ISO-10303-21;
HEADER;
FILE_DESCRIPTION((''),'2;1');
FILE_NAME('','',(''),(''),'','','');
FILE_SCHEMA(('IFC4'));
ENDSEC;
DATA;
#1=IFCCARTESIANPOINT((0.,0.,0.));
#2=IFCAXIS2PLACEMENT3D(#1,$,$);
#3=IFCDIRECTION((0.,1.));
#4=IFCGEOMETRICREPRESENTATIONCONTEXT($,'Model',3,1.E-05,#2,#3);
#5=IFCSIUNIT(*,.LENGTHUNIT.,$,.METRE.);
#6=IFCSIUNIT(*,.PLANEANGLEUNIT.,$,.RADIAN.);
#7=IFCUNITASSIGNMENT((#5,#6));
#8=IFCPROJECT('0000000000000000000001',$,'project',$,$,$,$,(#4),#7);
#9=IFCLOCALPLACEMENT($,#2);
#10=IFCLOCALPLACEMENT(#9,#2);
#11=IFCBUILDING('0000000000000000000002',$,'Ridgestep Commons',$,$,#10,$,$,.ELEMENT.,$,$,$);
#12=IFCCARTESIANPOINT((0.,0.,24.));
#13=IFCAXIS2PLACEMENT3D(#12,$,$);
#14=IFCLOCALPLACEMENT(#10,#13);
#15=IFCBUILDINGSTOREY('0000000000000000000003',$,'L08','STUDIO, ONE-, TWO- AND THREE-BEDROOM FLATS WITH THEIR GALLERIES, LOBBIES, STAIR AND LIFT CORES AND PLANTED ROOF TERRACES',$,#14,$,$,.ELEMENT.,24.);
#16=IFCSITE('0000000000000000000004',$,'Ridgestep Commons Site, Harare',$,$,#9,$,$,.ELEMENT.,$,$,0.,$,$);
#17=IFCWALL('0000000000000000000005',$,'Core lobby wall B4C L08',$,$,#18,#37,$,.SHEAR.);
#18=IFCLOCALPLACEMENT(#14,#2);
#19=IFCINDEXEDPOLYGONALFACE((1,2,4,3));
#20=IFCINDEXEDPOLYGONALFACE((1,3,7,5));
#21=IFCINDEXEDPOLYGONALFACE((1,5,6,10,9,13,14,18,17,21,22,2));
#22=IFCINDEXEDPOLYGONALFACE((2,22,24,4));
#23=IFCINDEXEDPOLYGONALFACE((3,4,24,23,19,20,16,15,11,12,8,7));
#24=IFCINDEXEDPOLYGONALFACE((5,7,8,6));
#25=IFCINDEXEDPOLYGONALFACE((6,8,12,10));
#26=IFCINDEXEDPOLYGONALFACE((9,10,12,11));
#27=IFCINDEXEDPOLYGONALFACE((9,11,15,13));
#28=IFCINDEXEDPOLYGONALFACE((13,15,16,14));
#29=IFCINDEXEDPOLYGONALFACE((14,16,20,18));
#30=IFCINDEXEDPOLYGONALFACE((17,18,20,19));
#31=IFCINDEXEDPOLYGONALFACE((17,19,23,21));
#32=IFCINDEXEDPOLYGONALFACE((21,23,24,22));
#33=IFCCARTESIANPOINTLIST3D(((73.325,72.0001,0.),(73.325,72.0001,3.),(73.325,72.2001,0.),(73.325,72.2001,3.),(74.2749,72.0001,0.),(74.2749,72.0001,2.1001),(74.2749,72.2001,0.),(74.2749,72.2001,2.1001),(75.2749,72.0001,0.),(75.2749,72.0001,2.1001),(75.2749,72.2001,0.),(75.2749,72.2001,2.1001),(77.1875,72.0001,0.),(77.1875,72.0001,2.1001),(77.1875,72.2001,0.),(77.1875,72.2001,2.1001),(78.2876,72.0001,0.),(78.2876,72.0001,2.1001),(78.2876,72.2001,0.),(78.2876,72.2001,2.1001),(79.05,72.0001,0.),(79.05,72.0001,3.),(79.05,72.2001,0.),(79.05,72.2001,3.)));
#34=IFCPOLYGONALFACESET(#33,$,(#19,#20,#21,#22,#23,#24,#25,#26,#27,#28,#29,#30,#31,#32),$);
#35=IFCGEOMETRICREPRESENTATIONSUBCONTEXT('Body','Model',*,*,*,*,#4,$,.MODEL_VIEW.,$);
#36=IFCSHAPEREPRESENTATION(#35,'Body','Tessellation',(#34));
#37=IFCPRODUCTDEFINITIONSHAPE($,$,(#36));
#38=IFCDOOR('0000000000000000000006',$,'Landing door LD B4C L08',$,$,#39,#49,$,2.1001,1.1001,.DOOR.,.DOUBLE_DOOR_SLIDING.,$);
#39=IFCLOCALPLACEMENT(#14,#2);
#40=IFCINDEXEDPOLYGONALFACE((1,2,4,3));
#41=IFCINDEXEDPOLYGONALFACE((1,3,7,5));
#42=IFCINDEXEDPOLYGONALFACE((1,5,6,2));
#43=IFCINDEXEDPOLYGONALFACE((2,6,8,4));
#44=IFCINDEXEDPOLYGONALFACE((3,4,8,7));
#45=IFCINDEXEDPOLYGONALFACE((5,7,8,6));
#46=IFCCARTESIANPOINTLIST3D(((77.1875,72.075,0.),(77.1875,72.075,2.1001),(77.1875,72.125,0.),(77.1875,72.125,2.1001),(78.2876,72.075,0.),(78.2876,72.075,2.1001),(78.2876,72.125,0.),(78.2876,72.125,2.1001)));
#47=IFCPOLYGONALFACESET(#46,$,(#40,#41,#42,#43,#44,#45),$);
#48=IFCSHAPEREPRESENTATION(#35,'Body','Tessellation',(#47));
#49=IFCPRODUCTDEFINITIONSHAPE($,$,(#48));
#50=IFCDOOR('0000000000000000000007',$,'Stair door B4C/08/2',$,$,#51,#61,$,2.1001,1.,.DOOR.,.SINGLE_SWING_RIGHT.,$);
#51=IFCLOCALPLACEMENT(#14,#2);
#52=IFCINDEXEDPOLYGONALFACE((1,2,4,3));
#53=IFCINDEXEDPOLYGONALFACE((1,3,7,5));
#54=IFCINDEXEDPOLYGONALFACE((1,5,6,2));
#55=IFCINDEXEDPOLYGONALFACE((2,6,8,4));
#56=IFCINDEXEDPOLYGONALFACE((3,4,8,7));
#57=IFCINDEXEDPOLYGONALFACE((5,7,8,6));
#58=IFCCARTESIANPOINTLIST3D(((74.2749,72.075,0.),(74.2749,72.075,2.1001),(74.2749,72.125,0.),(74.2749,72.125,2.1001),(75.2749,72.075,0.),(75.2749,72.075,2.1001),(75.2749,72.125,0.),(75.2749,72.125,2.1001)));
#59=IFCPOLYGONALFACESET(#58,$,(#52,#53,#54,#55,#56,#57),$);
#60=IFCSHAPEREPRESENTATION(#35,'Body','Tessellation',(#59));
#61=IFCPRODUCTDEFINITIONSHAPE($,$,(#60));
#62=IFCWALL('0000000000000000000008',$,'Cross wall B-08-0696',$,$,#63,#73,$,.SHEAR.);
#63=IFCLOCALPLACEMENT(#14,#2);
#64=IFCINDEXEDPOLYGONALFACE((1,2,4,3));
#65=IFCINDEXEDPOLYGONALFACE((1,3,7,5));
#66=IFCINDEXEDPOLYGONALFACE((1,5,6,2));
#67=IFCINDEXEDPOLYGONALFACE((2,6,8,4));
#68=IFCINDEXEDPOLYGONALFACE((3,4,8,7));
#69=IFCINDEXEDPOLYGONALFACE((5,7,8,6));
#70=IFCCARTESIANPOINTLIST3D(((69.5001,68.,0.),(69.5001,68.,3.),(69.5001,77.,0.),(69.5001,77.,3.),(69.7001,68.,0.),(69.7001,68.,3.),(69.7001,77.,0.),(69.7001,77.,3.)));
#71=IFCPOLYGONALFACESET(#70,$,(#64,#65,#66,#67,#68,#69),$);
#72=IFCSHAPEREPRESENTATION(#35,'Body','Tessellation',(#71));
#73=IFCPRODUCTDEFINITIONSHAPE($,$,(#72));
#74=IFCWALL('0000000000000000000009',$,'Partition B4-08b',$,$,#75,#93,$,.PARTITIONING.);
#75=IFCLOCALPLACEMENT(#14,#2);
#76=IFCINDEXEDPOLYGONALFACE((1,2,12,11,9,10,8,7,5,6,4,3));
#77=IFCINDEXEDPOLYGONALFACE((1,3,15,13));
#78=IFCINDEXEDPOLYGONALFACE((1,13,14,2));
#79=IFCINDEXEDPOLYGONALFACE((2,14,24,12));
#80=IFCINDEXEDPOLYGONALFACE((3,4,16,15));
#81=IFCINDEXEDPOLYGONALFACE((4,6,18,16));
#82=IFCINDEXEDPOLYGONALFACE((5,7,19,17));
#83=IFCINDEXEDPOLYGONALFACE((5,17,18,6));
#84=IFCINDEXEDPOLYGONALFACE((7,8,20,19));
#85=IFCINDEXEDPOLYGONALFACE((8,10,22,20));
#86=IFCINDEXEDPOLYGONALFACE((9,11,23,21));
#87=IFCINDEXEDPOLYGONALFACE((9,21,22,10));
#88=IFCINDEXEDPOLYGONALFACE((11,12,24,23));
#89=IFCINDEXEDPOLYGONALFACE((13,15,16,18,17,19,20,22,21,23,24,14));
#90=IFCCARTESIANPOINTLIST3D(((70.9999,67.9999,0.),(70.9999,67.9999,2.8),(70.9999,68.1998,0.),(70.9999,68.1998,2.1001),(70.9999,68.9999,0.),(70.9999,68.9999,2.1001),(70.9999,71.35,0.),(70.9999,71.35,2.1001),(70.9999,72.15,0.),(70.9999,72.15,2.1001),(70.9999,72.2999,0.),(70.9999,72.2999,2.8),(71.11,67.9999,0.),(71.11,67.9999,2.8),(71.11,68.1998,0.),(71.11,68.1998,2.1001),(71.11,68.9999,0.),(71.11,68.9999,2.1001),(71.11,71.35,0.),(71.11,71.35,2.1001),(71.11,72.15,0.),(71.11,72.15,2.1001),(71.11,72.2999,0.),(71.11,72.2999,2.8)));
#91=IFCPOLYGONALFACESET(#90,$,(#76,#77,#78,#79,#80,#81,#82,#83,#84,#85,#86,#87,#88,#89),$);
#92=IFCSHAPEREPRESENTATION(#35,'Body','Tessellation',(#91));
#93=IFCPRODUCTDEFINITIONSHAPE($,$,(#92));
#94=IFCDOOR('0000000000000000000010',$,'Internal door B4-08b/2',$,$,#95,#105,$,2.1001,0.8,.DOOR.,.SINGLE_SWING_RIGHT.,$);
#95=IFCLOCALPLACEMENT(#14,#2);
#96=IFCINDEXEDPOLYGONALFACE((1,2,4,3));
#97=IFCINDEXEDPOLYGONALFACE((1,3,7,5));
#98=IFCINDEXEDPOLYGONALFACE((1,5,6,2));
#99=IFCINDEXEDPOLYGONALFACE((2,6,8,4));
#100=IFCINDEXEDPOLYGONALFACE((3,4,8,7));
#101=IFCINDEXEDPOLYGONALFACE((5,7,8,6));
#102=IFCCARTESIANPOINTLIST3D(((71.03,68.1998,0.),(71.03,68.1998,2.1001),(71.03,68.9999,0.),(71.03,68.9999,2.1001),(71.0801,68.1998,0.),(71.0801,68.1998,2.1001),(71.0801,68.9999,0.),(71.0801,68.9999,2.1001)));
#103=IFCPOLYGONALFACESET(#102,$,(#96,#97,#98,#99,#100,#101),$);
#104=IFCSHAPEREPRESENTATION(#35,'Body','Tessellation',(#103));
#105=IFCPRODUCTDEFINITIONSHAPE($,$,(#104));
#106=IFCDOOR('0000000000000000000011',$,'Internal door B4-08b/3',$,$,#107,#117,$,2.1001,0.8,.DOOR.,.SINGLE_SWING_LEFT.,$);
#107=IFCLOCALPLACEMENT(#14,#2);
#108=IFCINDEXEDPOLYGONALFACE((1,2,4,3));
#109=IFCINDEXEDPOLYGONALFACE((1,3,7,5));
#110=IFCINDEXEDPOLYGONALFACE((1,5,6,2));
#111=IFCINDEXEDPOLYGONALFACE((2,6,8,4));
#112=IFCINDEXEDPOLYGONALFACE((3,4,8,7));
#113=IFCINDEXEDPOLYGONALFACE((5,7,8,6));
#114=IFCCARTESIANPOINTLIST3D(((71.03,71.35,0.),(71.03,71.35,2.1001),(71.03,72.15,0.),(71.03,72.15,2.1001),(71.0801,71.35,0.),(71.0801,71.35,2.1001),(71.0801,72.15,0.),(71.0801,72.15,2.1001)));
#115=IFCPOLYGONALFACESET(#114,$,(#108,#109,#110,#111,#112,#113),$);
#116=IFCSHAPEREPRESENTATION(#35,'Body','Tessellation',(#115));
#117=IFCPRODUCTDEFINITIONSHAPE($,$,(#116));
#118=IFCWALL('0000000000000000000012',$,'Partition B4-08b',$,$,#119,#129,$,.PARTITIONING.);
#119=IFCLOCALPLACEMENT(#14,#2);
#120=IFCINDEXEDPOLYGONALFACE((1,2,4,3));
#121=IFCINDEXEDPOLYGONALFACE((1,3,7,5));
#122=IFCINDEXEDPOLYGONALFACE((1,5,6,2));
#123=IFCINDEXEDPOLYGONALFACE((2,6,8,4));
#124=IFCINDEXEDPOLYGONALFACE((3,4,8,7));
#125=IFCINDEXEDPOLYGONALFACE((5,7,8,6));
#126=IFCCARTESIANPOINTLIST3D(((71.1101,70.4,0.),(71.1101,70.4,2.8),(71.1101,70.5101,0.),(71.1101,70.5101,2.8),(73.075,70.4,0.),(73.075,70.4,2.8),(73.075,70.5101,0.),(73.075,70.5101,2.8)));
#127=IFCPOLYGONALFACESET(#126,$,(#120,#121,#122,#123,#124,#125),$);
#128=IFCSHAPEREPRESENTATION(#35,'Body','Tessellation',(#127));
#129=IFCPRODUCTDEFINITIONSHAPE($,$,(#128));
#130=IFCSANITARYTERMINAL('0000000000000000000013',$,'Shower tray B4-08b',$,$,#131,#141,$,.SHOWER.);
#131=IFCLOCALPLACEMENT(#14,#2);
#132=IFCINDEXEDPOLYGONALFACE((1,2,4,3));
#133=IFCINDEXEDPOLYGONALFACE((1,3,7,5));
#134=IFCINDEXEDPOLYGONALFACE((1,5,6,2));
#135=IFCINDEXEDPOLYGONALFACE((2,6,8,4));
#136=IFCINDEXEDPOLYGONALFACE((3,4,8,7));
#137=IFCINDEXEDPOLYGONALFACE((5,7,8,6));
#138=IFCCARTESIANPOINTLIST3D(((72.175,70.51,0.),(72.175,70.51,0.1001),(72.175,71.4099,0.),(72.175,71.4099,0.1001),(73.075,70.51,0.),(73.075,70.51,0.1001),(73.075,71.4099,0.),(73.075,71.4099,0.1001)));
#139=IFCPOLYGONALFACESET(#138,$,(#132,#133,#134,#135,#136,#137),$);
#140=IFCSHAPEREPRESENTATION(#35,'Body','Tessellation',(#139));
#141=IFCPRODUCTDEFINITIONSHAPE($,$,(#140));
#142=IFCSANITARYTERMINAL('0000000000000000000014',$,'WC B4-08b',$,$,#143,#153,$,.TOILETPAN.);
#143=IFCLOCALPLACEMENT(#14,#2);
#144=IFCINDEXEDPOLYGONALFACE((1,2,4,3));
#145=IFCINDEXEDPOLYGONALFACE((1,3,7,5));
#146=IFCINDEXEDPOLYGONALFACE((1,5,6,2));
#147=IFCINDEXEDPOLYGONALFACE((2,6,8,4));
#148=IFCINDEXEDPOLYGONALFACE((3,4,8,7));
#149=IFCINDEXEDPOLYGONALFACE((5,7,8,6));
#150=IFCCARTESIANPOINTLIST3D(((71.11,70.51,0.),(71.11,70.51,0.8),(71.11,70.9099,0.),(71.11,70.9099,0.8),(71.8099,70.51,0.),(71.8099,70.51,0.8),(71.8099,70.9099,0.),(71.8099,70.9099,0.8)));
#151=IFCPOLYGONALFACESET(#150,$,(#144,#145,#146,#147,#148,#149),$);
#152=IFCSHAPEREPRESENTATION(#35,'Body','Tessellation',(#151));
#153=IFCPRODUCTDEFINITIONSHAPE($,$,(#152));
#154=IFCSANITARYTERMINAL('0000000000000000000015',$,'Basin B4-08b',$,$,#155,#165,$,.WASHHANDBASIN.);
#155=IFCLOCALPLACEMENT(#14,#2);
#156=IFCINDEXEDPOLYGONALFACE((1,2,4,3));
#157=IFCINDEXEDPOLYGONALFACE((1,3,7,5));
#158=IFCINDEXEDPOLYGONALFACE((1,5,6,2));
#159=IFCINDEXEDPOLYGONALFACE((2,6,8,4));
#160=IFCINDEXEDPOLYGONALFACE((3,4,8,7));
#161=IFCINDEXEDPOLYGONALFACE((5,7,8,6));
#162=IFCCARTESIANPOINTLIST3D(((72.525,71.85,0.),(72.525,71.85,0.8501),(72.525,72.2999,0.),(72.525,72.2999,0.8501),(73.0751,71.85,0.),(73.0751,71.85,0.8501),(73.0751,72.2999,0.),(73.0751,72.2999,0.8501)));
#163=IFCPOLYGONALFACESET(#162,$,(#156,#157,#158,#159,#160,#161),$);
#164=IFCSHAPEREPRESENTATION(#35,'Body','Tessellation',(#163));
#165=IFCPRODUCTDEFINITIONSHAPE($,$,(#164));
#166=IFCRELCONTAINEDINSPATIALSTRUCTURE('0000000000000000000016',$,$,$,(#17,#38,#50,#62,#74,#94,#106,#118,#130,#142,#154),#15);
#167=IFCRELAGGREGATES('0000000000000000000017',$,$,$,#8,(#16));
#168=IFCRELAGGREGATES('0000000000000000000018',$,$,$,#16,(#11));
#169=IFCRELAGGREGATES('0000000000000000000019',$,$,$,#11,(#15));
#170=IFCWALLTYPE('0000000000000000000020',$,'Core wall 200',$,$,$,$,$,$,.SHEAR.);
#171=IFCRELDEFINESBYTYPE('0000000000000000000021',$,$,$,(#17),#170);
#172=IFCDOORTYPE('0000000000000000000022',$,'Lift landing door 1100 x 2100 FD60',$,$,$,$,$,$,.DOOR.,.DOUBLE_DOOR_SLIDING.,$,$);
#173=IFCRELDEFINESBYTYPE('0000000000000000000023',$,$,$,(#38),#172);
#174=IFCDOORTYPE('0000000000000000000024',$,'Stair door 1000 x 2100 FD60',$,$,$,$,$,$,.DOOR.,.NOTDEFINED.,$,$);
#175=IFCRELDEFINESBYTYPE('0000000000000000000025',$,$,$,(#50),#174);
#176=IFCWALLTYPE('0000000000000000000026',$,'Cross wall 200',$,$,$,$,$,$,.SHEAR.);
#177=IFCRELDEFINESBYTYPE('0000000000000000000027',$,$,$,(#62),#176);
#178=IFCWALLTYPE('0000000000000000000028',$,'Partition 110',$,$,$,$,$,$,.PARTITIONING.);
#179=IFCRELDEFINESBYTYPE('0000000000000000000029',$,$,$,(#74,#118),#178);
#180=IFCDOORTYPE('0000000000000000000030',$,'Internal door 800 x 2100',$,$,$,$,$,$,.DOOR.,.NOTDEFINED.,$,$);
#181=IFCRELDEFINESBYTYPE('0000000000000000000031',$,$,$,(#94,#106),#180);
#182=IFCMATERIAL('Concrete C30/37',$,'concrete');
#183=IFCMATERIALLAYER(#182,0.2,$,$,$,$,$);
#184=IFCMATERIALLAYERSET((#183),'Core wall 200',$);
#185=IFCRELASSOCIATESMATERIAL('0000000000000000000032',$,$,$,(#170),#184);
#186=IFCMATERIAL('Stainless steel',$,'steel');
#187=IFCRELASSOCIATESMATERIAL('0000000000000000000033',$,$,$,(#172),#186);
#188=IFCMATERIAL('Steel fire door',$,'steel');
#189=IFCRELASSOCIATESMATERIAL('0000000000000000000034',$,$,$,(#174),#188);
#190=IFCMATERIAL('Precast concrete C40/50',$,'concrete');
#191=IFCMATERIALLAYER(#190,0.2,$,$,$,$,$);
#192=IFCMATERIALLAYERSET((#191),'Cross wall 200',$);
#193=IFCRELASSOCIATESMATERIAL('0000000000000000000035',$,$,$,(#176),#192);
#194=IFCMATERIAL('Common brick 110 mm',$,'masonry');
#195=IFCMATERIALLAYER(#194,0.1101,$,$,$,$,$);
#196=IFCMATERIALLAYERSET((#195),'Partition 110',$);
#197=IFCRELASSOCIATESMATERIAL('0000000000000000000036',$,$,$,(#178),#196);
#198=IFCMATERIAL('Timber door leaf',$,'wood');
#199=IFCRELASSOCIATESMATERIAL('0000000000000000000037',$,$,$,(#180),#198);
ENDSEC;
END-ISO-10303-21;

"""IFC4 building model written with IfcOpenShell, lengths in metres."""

from ifc_helpers import new_model, si_unit, direction, frame, frame_2d, origin, origin_2d, place, context, subcontext, project, spatial, rectangle, extrude, material, layer, layer_set, type_object, element, fill, save


model = new_model("IFC4")

# Units and contexts
model_context = context("Model", 3, precision=1e-05, world=origin(), true_north=direction((0.0, 1.0)))
body_context = subcontext(model_context, "Body", "Model", "MODEL_VIEW")
ifc_project = project(units=[si_unit("LENGTHUNIT", "METRE"), si_unit("PLANEANGLEUNIT", "RADIAN")], contexts=[model_context])

# Site, building, storey
site_placement = place(None, origin())
site = spatial("IfcSite", under=ifc_project, at=site_placement, Name="Ridgestep Commons Site, Harare", CompositionType="ELEMENT", RefElevation=0.0)
building_placement = place(site_placement, origin())
building = spatial("IfcBuilding", under=site, at=building_placement, Name="Ridgestep Commons", CompositionType="ELEMENT")
storey_placement = place(building_placement, frame((0.0, 0.0, 24.0)))
storey = spatial("IfcBuildingStorey", under=building, at=storey_placement, Name="L08", Description="STUDIO, ONE-, TWO- AND THREE-BEDROOM FLATS WITH THEIR GALLERIES, LOBBIES, STAIR AND LIFT CORES AND PLANTED ROOF TERRACES", CompositionType="ELEMENT", Elevation=24.0)

# Wall, openings, doors
ifc_material_1 = material(Name="Concrete C30/37", Category="concrete")
ifc_layer_1 = layer(ifc_material_1, 0.2)
ifc_layer_set_1 = layer_set([ifc_layer_1], Name="Core wall 200")
wall_type_1 = type_object("IfcWallType", Name="Core wall 200", PredefinedType="SHEAR", material=ifc_layer_set_1)
wall_1_placement = place(storey_placement, frame((73.325, 72.1001, 0.0), z_axis=(0.0, 0.0, 1.0), x_axis=(1.0, 0.0, 0.0)))
wall_1 = element("IfcWall", 1, at=wall_1_placement, inside=storey, type_object=wall_type_1, Name="Core lobby wall B4C L08", PredefinedType="SHEAR", context=body_context, shape_type="SweptSolid", body=[
    extrude(rectangle(XDim=5.7251, YDim=0.2, at=frame_2d((2.8625, 0.0))), origin(), (0.0, 0.0, 1.0), 3.0),
])
opening_1_placement = place(wall_1_placement, frame((0.95, 0.0, 0.0)))
opening_1 = element("IfcOpeningElement", 2, at=opening_1_placement, cuts=wall_1, PredefinedType="OPENING", context=body_context, shape_type="SweptSolid", body=[
    extrude(rectangle(XDim=1.0, YDim=2.1001, at=frame_2d((0.5, 1.05))), frame((0.0, 0.1099, 0.0), z_axis=(0.0, -1.0, 0.0), x_axis=(1.0, 0.0, 0.0)), (0.0, 0.0, 1.0), 0.22),
])
opening_2_placement = place(wall_1_placement, frame((3.8625, 0.0, 0.0)))
opening_2 = element("IfcOpeningElement", 3, at=opening_2_placement, cuts=wall_1, PredefinedType="OPENING", context=body_context, shape_type="SweptSolid", body=[
    extrude(rectangle(XDim=1.1001, YDim=2.1001, at=frame_2d((0.55, 1.05))), frame((0.0, 0.1099, 0.0), z_axis=(0.0, -1.0, 0.0), x_axis=(1.0, 0.0, 0.0)), (0.0, 0.0, 1.0), 0.22),
])
ifc_material_2 = material(Name="Stainless steel", Category="steel")
door_type_1 = type_object("IfcDoorType", Name="Lift landing door 1100 x 2100 FD60", OperationType="DOUBLE_DOOR_SLIDING", PredefinedType="DOOR", material=ifc_material_2)
door_1_placement = place(opening_2_placement, origin())
door_1 = element("IfcDoor", 4, at=door_1_placement, inside=storey, type_object=door_type_1, Name="Landing door LD B4C L08", OperationType="DOUBLE_DOOR_SLIDING", OverallHeight=2.1001, OverallWidth=1.1001, PredefinedType="DOOR", context=body_context, shape_type="SweptSolid", body=[
    extrude(rectangle(XDim=1.1001, YDim=2.1001, at=frame_2d((0.55, 1.05))), frame((0.0, 0.0249, 0.0), z_axis=(0.0, -1.0, 0.0), x_axis=(1.0, 0.0, 0.0)), (0.0, 0.0, 1.0), 0.05),
])
fill(opening_2, door_1)
ifc_material_3 = material(Name="Steel fire door", Category="steel")
door_type_2 = type_object("IfcDoorType", Name="Stair door 1000 x 2100 FD60", OperationType="NOTDEFINED", PredefinedType="DOOR", material=ifc_material_3)
door_2_placement = place(opening_1_placement, origin())
door_2 = element("IfcDoor", 5, at=door_2_placement, inside=storey, type_object=door_type_2, Name="Stair door B4C/08/2", OperationType="SINGLE_SWING_RIGHT", OverallHeight=2.1001, OverallWidth=1.0, PredefinedType="DOOR", context=body_context, shape_type="SweptSolid", body=[
    extrude(rectangle(XDim=1.0, YDim=2.1001, at=frame_2d((0.5, 1.05))), frame((0.0, 0.0249, 0.0), z_axis=(0.0, -1.0, 0.0), x_axis=(1.0, 0.0, 0.0)), (0.0, 0.0, 1.0), 0.05),
])
fill(opening_1, door_2)

# Wall
ifc_material_4 = material(Name="Precast concrete C40/50", Category="concrete")
ifc_layer_2 = layer(ifc_material_4, 0.2)
ifc_layer_set_2 = layer_set([ifc_layer_2], Name="Cross wall 200")
wall_type_2 = type_object("IfcWallType", Name="Cross wall 200", PredefinedType="SHEAR", material=ifc_layer_set_2)
wall_2_placement = place(storey_placement, frame((69.6001, 68.0, 0.0), z_axis=(0.0, 0.0, 1.0), x_axis=(0.0, 1.0, 0.0)))
element("IfcWall", 6, at=wall_2_placement, inside=storey, type_object=wall_type_2, Name="Cross wall B-08-0696", PredefinedType="SHEAR", context=body_context, shape_type="SweptSolid", body=[
    extrude(rectangle(XDim=9.0, YDim=0.2, at=frame_2d((4.5, 0.0))), origin(), (0.0, 0.0, 1.0), 3.0),
])

# Wall, openings, doors
ifc_material_5 = material(Name="Common brick 110 mm", Category="masonry")
ifc_layer_3 = layer(ifc_material_5, 0.1101)
ifc_layer_set_3 = layer_set([ifc_layer_3], Name="Partition 110")
wall_type_3 = type_object("IfcWallType", Name="Partition 110", PredefinedType="PARTITIONING", material=ifc_layer_set_3)
wall_3_placement = place(storey_placement, frame((71.0549, 68.0, 0.0), z_axis=(0.0, 0.0, 1.0), x_axis=(0.0, 1.0, 0.0)))
wall_3 = element("IfcWall", 7, at=wall_3_placement, inside=storey, type_object=wall_type_3, Name="Partition B4-08b", PredefinedType="PARTITIONING", context=body_context, shape_type="SweptSolid", body=[
    extrude(rectangle(XDim=4.3, YDim=0.1101, at=frame_2d((2.1499, 0.0))), origin(), (0.0, 0.0, 1.0), 2.8),
])
opening_3_placement = place(wall_3_placement, frame((0.2, 0.0, 0.0)))
opening_3 = element("IfcOpeningElement", 8, at=opening_3_placement, cuts=wall_3, PredefinedType="OPENING", context=body_context, shape_type="SweptSolid", body=[
    extrude(rectangle(XDim=0.8, YDim=2.1001, at=frame_2d((0.3999, 1.05))), frame((0.0, 0.0649, 0.0), z_axis=(0.0, -1.0, 0.0), x_axis=(1.0, 0.0, 0.0)), (0.0, 0.0, 1.0), 0.1301),
])
opening_4_placement = place(wall_3_placement, frame((3.3501, 0.0, 0.0)))
opening_4 = element("IfcOpeningElement", 9, at=opening_4_placement, cuts=wall_3, PredefinedType="OPENING", context=body_context, shape_type="SweptSolid", body=[
    extrude(rectangle(XDim=0.8, YDim=2.1001, at=frame_2d((0.3999, 1.05))), frame((0.0, 0.0649, 0.0), z_axis=(0.0, -1.0, 0.0), x_axis=(1.0, 0.0, 0.0)), (0.0, 0.0, 1.0), 0.1301),
])
ifc_material_6 = material(Name="Timber door leaf", Category="wood")
door_type_3 = type_object("IfcDoorType", Name="Internal door 800 x 2100", OperationType="NOTDEFINED", PredefinedType="DOOR", material=ifc_material_6)
door_3_placement = place(opening_3_placement, origin())
door_3 = element("IfcDoor", 10, at=door_3_placement, inside=storey, type_object=door_type_3, Name="Internal door B4-08b/2", OperationType="SINGLE_SWING_RIGHT", OverallHeight=2.1001, OverallWidth=0.8, PredefinedType="DOOR", context=body_context, shape_type="SweptSolid", body=[
    extrude(rectangle(XDim=0.8, YDim=2.1001, at=frame_2d((0.3999, 1.05))), frame((0.0, 0.0249, 0.0), z_axis=(0.0, -1.0, 0.0), x_axis=(1.0, 0.0, 0.0)), (0.0, 0.0, 1.0), 0.05),
])
fill(opening_3, door_3)
door_4_placement = place(opening_4_placement, origin())
door_4 = element("IfcDoor", 11, at=door_4_placement, inside=storey, type_object=door_type_3, Name="Internal door B4-08b/3", OperationType="SINGLE_SWING_LEFT", OverallHeight=2.1001, OverallWidth=0.8, PredefinedType="DOOR", context=body_context, shape_type="SweptSolid", body=[
    extrude(rectangle(XDim=0.8, YDim=2.1001, at=frame_2d((0.3999, 1.05))), frame((0.0, 0.0249, 0.0), z_axis=(0.0, -1.0, 0.0), x_axis=(1.0, 0.0, 0.0)), (0.0, 0.0, 1.0), 0.05),
])
fill(opening_4, door_4)

# Wall
wall_4_placement = place(storey_placement, frame((71.1101, 70.4551, 0.0), z_axis=(0.0, 0.0, 1.0), x_axis=(1.0, 0.0, 0.0)))
element("IfcWall", 12, at=wall_4_placement, inside=storey, type_object=wall_type_3, Name="Partition B4-08b", PredefinedType="PARTITIONING", context=body_context, shape_type="SweptSolid", body=[
    extrude(rectangle(XDim=1.9648, YDim=0.1101, at=frame_2d((0.9824, 0.0))), origin(), (0.0, 0.0, 1.0), 2.8),
])

# Sanitary terminals
sanitary_terminal_1_placement = place(storey_placement, frame((72.625, 70.96, 0.0), z_axis=(0.0, 0.0, 1.0), x_axis=(1.0, 0.0, 0.0)))
element("IfcSanitaryTerminal", 13, at=sanitary_terminal_1_placement, inside=storey, Name="Shower tray B4-08b", PredefinedType="SHOWER", context=body_context, shape_type="SweptSolid", body=[
    extrude(rectangle(XDim=0.8999, YDim=0.8999, at=origin_2d()), origin(), (0.0, 0.0, 1.0), 0.1001),
])
sanitary_terminal_2_placement = place(storey_placement, frame((71.46, 70.71, 0.0), z_axis=(0.0, 0.0, 1.0), x_axis=(1.0, 0.0, 0.0)))
element("IfcSanitaryTerminal", 14, at=sanitary_terminal_2_placement, inside=storey, Name="WC B4-08b", PredefinedType="TOILETPAN", context=body_context, shape_type="SweptSolid", body=[
    extrude(rectangle(XDim=0.7, YDim=0.3999, at=origin_2d()), origin(), (0.0, 0.0, 1.0), 0.8),
])
sanitary_terminal_3_placement = place(storey_placement, frame((72.8, 72.075, 0.0), z_axis=(0.0, 0.0, 1.0), x_axis=(1.0, 0.0, 0.0)))
element("IfcSanitaryTerminal", 15, at=sanitary_terminal_3_placement, inside=storey, Name="Basin B4-08b", PredefinedType="WASHHANDBASIN", context=body_context, shape_type="SweptSolid", body=[
    extrude(rectangle(XDim=0.55, YDim=0.45, at=origin_2d()), origin(), (0.0, 0.0, 1.0), 0.8501),
])

save(model, "model.ifc")
